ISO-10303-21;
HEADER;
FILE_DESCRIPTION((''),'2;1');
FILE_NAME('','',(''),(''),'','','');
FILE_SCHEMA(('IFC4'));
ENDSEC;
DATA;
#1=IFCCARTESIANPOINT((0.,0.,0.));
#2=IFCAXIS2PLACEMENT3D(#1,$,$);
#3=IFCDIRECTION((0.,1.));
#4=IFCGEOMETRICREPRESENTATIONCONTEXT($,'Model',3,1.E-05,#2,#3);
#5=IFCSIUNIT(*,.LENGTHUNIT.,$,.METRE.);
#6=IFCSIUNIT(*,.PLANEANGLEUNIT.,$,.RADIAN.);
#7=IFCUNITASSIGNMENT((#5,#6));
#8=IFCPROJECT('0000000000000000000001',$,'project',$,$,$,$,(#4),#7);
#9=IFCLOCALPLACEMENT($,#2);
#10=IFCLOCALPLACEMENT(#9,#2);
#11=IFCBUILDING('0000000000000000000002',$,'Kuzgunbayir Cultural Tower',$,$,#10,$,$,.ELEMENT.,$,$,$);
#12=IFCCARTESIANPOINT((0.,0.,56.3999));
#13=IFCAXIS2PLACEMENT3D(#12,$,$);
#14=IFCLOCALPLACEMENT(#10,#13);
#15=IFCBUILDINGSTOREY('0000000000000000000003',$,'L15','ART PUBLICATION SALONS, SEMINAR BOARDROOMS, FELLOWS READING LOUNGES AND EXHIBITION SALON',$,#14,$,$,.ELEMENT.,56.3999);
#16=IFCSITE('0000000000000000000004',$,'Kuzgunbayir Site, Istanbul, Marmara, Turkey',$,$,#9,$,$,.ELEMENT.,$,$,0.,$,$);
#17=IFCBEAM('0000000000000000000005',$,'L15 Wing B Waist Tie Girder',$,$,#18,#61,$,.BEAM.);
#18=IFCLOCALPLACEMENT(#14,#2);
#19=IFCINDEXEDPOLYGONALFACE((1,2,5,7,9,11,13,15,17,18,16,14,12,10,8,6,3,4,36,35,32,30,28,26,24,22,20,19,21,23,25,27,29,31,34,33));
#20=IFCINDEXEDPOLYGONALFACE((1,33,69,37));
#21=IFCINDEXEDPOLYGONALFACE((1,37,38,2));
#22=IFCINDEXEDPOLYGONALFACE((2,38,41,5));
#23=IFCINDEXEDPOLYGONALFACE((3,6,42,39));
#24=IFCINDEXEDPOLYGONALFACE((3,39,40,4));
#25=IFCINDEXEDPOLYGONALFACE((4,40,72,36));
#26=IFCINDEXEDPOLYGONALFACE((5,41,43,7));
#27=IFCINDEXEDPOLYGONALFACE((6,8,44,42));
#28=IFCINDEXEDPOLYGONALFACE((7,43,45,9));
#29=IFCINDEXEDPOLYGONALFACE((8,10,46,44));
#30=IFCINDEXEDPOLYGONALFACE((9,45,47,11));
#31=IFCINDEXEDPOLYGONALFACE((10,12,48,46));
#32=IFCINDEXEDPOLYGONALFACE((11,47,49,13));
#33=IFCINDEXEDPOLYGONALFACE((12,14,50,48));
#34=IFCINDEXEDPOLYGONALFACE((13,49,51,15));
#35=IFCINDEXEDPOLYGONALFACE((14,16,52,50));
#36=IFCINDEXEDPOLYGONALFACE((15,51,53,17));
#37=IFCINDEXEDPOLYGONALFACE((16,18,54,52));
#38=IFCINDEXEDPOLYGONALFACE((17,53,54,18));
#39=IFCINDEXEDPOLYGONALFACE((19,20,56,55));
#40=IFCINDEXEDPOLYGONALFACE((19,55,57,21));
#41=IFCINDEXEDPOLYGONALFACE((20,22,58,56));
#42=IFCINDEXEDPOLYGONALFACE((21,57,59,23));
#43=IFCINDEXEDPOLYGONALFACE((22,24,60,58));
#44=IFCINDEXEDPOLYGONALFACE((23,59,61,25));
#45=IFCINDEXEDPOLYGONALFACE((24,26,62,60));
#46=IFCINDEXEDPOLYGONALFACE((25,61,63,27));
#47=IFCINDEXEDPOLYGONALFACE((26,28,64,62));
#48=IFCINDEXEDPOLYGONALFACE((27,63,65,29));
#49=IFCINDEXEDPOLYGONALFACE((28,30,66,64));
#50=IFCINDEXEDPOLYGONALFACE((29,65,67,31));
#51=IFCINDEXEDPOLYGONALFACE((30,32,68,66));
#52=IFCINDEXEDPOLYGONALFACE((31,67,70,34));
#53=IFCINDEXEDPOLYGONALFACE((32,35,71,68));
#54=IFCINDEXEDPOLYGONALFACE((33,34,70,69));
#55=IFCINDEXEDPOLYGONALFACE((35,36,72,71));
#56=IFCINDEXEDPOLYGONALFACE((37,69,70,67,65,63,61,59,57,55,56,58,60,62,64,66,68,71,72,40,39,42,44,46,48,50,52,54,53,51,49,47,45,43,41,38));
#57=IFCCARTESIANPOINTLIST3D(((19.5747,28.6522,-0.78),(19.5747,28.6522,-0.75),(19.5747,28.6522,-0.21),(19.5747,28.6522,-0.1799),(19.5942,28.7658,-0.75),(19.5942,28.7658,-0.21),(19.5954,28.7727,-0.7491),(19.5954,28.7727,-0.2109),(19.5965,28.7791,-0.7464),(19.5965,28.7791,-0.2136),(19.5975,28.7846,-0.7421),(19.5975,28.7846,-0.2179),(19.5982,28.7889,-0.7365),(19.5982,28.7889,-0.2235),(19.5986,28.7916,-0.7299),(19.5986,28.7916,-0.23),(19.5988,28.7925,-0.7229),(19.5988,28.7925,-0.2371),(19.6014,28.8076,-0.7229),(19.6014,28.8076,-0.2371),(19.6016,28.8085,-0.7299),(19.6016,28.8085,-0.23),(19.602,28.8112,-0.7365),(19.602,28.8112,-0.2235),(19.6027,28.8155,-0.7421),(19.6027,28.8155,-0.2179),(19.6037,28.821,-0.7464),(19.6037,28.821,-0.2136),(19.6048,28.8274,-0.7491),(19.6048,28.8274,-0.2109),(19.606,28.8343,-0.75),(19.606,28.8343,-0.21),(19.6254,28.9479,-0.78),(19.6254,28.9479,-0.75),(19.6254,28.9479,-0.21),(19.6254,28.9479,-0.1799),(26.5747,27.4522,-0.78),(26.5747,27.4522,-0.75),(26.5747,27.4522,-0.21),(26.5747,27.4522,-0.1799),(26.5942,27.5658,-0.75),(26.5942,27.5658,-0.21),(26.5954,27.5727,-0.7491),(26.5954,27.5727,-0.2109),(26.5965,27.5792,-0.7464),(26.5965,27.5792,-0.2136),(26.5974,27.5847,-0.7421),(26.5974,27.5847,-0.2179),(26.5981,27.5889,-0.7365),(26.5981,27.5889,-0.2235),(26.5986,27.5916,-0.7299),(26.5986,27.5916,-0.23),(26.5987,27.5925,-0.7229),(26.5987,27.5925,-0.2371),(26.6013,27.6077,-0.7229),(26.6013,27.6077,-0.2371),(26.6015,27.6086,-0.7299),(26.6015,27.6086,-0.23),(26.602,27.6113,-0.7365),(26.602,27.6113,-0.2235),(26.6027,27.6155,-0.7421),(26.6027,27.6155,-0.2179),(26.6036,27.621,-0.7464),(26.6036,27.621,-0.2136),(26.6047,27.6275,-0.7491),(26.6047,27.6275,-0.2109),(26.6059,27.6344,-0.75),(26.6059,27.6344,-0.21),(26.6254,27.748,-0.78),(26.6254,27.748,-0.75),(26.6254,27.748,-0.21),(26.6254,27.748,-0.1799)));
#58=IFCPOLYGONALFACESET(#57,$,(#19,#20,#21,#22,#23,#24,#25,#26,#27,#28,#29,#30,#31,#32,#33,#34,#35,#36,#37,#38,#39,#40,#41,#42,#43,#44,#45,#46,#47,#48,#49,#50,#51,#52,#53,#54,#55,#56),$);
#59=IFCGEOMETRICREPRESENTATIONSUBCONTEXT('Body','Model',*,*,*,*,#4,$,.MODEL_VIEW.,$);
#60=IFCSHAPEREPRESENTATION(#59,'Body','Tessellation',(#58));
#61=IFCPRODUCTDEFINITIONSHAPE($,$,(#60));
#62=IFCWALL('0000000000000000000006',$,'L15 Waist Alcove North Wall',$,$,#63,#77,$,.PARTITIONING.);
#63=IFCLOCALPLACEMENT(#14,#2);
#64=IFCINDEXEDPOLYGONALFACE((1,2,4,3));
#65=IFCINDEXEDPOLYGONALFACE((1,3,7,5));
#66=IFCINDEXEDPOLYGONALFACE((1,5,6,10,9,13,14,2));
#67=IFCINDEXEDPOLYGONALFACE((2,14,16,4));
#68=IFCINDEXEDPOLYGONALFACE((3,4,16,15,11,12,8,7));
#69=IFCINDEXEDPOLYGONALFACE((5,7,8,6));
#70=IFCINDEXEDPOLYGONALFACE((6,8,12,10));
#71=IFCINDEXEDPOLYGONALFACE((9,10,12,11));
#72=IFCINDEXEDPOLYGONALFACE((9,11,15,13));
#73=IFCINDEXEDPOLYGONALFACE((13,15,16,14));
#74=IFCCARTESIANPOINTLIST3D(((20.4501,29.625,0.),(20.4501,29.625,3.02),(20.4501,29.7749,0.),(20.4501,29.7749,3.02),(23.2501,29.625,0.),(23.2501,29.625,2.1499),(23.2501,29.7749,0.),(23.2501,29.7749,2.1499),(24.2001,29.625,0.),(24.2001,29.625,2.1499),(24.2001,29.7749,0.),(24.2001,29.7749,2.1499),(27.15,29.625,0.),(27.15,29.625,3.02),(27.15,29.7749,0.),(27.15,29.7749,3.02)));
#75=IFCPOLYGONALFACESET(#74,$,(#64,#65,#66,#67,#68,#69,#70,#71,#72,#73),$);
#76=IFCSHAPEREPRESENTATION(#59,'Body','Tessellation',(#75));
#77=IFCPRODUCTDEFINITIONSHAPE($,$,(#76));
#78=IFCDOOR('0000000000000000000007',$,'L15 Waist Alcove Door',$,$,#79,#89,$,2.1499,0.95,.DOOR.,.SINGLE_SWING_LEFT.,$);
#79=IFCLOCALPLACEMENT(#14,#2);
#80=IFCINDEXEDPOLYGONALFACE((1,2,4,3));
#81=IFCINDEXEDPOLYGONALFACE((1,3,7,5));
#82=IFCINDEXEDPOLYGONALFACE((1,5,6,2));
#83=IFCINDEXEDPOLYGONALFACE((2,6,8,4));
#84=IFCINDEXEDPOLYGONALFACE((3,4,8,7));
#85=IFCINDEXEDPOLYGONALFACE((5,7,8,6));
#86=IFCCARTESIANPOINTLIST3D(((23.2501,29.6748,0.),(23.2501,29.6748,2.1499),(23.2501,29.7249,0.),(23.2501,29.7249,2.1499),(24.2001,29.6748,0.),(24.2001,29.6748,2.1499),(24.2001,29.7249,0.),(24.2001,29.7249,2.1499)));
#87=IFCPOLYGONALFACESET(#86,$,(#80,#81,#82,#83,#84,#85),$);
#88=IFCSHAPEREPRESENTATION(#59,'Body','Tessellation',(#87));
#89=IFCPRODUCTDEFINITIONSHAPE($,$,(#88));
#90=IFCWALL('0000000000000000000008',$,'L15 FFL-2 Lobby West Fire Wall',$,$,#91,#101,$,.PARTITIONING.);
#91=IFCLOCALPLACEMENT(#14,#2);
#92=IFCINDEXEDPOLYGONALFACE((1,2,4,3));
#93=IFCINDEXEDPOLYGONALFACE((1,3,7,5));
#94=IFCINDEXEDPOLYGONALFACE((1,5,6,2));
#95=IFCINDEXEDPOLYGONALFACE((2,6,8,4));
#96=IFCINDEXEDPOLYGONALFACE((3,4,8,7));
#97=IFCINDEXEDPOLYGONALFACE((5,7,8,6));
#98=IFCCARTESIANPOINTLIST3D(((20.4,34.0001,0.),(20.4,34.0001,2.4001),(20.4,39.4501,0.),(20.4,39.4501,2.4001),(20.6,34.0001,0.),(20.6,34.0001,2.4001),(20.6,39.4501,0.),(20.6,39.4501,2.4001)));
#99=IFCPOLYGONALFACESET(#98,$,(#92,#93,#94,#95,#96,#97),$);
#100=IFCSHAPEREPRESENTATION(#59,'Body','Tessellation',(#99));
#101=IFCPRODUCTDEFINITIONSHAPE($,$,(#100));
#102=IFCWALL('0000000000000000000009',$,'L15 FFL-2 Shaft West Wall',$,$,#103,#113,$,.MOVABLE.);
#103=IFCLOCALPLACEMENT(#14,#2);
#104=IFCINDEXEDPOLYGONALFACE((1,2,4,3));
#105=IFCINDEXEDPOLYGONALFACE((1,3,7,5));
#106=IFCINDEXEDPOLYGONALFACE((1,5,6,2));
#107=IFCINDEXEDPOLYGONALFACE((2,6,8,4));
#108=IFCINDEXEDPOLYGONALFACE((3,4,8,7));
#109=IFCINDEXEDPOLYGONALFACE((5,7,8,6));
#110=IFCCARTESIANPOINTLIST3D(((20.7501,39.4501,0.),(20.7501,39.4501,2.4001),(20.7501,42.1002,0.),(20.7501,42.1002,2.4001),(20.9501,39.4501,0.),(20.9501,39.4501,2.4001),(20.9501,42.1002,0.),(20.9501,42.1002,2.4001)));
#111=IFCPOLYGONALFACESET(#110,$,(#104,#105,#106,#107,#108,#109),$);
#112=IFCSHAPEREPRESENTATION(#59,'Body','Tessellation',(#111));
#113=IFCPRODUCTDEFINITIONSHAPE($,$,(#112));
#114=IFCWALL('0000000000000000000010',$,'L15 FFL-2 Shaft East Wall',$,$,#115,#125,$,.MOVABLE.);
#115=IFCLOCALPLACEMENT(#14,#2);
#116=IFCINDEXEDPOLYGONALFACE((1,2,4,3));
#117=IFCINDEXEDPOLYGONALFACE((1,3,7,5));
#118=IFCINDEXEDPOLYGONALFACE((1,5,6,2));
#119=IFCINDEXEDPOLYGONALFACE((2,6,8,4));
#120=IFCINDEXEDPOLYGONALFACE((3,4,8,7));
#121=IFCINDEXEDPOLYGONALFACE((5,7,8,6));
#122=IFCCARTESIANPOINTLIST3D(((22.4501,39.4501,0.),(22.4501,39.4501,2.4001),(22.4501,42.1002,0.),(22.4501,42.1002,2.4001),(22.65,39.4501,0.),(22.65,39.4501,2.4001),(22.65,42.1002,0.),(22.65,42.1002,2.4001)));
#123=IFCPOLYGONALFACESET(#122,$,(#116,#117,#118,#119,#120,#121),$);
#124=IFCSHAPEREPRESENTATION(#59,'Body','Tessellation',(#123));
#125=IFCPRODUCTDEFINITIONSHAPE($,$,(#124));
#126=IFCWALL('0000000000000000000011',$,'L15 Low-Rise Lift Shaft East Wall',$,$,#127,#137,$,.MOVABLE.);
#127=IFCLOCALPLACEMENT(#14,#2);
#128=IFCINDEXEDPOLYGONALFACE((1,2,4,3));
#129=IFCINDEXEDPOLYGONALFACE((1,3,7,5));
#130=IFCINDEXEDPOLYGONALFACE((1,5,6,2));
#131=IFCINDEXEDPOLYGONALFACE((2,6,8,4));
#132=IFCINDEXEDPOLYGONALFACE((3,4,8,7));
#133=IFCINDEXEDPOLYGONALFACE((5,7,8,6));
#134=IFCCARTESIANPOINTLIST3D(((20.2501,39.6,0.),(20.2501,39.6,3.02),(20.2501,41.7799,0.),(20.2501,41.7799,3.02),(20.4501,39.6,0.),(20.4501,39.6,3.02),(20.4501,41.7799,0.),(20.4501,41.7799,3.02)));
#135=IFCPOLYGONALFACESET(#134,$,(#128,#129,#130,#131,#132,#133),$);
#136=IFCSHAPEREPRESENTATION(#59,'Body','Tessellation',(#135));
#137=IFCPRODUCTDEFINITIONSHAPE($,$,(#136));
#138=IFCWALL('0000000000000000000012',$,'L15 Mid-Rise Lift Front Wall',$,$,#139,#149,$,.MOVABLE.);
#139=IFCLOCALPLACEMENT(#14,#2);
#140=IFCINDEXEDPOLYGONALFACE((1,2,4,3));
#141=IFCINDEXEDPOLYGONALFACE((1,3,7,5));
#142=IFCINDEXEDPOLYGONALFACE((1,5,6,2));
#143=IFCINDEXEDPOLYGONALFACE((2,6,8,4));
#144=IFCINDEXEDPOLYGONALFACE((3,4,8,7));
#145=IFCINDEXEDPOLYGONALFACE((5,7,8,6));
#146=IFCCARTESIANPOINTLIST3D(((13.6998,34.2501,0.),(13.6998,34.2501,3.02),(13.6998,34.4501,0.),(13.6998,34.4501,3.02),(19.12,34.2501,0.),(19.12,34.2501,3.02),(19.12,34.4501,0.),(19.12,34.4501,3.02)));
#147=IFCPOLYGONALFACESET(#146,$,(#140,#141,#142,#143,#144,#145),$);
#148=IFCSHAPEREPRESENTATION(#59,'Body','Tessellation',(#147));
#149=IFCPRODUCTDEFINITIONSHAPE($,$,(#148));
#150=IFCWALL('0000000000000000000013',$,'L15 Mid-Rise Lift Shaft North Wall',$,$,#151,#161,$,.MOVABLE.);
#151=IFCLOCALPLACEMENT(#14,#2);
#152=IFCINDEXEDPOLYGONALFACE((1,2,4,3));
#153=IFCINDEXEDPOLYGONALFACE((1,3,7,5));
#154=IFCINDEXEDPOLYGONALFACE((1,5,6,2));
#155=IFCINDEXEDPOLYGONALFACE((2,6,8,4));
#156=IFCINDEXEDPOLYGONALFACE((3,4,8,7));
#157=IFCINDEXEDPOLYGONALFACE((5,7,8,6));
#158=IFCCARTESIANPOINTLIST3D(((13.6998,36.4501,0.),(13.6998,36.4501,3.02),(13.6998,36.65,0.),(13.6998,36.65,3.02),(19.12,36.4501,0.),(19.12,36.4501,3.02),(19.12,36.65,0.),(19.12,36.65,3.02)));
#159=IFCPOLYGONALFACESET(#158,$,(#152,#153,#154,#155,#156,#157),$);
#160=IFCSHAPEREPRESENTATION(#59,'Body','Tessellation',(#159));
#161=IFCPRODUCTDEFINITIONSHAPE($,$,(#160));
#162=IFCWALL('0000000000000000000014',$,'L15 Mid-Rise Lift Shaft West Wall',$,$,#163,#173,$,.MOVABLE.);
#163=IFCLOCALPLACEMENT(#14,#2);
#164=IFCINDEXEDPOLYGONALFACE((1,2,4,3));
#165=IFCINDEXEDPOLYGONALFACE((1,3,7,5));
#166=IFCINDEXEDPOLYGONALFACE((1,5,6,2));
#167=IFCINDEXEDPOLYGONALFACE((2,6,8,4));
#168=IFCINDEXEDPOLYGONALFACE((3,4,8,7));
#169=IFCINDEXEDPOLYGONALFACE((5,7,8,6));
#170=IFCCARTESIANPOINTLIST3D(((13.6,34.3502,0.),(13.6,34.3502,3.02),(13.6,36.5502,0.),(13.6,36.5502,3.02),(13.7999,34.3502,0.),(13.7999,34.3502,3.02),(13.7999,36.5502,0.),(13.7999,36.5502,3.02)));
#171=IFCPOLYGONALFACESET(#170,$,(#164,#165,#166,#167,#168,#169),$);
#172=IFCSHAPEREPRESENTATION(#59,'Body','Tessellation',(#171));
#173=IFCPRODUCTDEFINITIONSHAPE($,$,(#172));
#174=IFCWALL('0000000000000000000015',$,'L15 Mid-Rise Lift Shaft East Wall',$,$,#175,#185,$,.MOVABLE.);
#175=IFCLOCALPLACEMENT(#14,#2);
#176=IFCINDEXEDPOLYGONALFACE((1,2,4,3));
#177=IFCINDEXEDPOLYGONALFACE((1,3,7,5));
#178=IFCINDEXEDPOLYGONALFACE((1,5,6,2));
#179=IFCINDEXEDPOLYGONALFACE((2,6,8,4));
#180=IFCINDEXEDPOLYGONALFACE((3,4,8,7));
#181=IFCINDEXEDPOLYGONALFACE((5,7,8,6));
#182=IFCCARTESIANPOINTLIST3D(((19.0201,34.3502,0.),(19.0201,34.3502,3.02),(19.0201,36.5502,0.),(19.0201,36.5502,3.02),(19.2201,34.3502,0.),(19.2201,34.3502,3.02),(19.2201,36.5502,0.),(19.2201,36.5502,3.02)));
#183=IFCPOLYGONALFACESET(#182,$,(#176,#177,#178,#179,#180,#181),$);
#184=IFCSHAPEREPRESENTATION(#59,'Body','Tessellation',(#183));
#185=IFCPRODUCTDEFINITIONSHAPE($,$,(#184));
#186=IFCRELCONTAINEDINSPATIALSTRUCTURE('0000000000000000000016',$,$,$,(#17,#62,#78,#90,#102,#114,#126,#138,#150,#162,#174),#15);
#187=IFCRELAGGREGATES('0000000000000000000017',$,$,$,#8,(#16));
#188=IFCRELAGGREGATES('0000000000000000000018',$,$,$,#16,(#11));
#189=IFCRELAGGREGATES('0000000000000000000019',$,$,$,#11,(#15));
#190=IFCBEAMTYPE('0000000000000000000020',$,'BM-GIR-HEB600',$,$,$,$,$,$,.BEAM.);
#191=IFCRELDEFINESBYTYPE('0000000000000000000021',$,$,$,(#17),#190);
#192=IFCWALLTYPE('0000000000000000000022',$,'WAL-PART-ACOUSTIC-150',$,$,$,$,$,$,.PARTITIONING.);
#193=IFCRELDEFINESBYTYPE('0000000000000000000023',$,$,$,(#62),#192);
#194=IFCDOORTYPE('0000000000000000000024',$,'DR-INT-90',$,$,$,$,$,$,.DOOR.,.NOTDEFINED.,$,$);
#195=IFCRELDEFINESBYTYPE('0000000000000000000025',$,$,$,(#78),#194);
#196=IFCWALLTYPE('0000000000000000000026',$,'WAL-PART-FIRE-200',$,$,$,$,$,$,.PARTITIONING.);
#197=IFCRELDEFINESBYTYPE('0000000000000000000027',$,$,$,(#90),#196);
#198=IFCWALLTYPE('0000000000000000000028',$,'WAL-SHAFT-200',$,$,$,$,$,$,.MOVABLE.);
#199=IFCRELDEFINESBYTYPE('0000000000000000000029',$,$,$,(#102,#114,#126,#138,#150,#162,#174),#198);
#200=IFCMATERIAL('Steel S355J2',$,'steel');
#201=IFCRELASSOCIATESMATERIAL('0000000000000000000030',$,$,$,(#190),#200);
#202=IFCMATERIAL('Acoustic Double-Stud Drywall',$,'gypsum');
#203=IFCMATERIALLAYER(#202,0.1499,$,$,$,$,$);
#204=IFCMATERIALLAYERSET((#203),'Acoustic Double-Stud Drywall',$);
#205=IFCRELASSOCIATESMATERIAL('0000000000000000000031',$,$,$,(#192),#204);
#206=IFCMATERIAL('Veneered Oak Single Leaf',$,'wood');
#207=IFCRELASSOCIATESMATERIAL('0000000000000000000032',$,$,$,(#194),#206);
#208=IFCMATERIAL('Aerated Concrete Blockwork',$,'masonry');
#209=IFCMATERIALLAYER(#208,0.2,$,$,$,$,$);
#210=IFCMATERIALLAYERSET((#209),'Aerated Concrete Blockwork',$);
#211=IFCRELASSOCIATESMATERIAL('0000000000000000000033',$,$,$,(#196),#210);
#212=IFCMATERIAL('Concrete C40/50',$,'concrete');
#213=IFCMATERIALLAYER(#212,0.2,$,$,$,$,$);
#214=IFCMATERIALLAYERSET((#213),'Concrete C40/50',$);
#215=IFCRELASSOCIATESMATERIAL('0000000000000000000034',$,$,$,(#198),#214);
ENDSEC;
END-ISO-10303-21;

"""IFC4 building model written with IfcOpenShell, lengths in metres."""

from ifc_helpers import new_model, si_unit, direction, frame, frame_2d, origin, origin_2d, place, context, subcontext, project, spatial, rectangle, i_section, extrude, material, layer, layer_set, material_profile, profile_set, type_object, element, fill, save


model = new_model("IFC4")

# Units and contexts
model_context = context("Model", 3, precision=1e-05, world=origin(), true_north=direction((0.0, 1.0)))
body_context = subcontext(model_context, "Body", "Model", "MODEL_VIEW")
ifc_project = project(units=[si_unit("LENGTHUNIT", "METRE"), si_unit("PLANEANGLEUNIT", "RADIAN")], contexts=[model_context])

# Site, building, storey
site_placement = place(None, origin())
site = spatial("IfcSite", under=ifc_project, at=site_placement, Name="Kuzgunbayir Site, Istanbul, Marmara, Turkey", CompositionType="ELEMENT", RefElevation=0.0)
building_placement = place(site_placement, origin())
building = spatial("IfcBuilding", under=site, at=building_placement, Name="Kuzgunbayir Cultural Tower", CompositionType="ELEMENT")
storey_placement = place(building_placement, frame((0.0, 0.0, 56.3999)))
storey = spatial("IfcBuildingStorey", under=building, at=storey_placement, Name="L15", Description="ART PUBLICATION SALONS, SEMINAR BOARDROOMS, FELLOWS READING LOUNGES AND EXHIBITION SALON", CompositionType="ELEMENT", Elevation=56.3999)

# Beam
ifc_material_1 = material(Name="Steel S355J2", Category="steel")
ifc_material_profile_1 = material_profile(ifc_material_1, i_section(OverallWidth=0.3, OverallDepth=0.6001, WebThickness=0.0154, FlangeThickness=0.03, FilletRadius=0.0271, at=origin_2d()), Name="HEB 600")
ifc_profile_set_1 = profile_set([ifc_material_profile_1], Name="Steel S355J2")
beam_type = type_object("IfcBeamType", Name="BM-GIR-HEB600", PredefinedType="BEAM", material=ifc_profile_set_1)
beam_1_placement = place(storey_placement, frame((19.6001, 28.8, -0.48), z_axis=(0.985623, -0.168957, 0.0), x_axis=(0.168957, 0.985623, 0.0)))
element("IfcBeam", 1, at=beam_1_placement, inside=storey, type_object=beam_type, Name="L15 Wing B Waist Tie Girder", PredefinedType="BEAM", context=body_context, shape_type="SweptSolid", body=[
    extrude(i_section(OverallWidth=0.3, OverallDepth=0.6001, WebThickness=0.0154, FlangeThickness=0.03, FilletRadius=0.0271, at=origin_2d()), origin(), (0.0, 0.0, 1.0), 7.1021),
])

# Wall, opening, door
ifc_material_2 = material(Name="Acoustic Double-Stud Drywall", Category="gypsum")
ifc_layer_1 = layer(ifc_material_2, 0.1499)
ifc_layer_set_1 = layer_set([ifc_layer_1], Name="Acoustic Double-Stud Drywall")
wall_type_1 = type_object("IfcWallType", Name="WAL-PART-ACOUSTIC-150", PredefinedType="PARTITIONING", material=ifc_layer_set_1)
wall_1_placement = place(storey_placement, frame((20.45, 29.7, 0.0), z_axis=(0.0, 0.0, 1.0), x_axis=(1.0, 0.0, 0.0)))
wall_1 = element("IfcWall", 2, at=wall_1_placement, inside=storey, type_object=wall_type_1, Name="L15 Waist Alcove North Wall", PredefinedType="PARTITIONING", context=body_context, shape_type="SweptSolid", body=[
    extrude(rectangle(XDim=6.7, YDim=0.1499, at=frame_2d((3.3501, 0.0))), origin(), (0.0, 0.0, 1.0), 3.02),
])
opening_1_placement = place(wall_1_placement, frame((2.8, 0.0, 0.0)))
opening_1 = element("IfcOpeningElement", 3, at=opening_1_placement, cuts=wall_1, PredefinedType="OPENING", context=body_context, shape_type="SweptSolid", body=[
    extrude(rectangle(XDim=0.95, YDim=2.1499, at=frame_2d((0.4751, 1.075))), frame((0.0, 0.085, 0.0), z_axis=(0.0, -1.0, 0.0), x_axis=(1.0, 0.0, 0.0)), (0.0, 0.0, 1.0), 0.1699),
])
ifc_material_3 = material(Name="Veneered Oak Single Leaf", Category="wood")
door_type_1 = type_object("IfcDoorType", Name="DR-INT-90", OperationType="NOTDEFINED", PredefinedType="DOOR", material=ifc_material_3)
door_1_placement = place(opening_1_placement, origin())
door_1 = element("IfcDoor", 4, at=door_1_placement, inside=storey, type_object=door_type_1, Name="L15 Waist Alcove Door", OperationType="SINGLE_SWING_LEFT", OverallHeight=2.1499, OverallWidth=0.95, PredefinedType="DOOR", context=body_context, shape_type="SweptSolid", body=[
    extrude(rectangle(XDim=0.95, YDim=2.1499, at=frame_2d((0.4751, 1.075))), frame((0.0, 0.0249, 0.0), z_axis=(0.0, -1.0, 0.0), x_axis=(1.0, 0.0, 0.0)), (0.0, 0.0, 1.0), 0.05),
])
fill(opening_1, door_1)

# Wall
ifc_material_4 = material(Name="Aerated Concrete Blockwork", Category="masonry")
ifc_layer_2 = layer(ifc_material_4, 0.2)
ifc_layer_set_2 = layer_set([ifc_layer_2], Name="Aerated Concrete Blockwork")
wall_type_2 = type_object("IfcWallType", Name="WAL-PART-FIRE-200", PredefinedType="PARTITIONING", material=ifc_layer_set_2)
wall_2_placement = place(storey_placement, frame((20.5, 34.0, 0.0), z_axis=(0.0, 0.0, 1.0), x_axis=(0.0, 1.0, 0.0)))
element("IfcWall", 5, at=wall_2_placement, inside=storey, type_object=wall_type_2, Name="L15 FFL-2 Lobby West Fire Wall", PredefinedType="PARTITIONING", context=body_context, shape_type="SweptSolid", body=[
    extrude(rectangle(XDim=5.45, YDim=0.2, at=frame_2d((2.7251, 0.0))), origin(), (0.0, 0.0, 1.0), 2.4001),
])

# Shared definitions
ifc_material_5 = material(Name="Concrete C40/50", Category="concrete")
ifc_layer_3 = layer(ifc_material_5, 0.2)
ifc_layer_set_3 = layer_set([ifc_layer_3], Name="Concrete C40/50")
wall_type_3 = type_object("IfcWallType", Name="WAL-SHAFT-200", PredefinedType="MOVABLE", material=ifc_layer_set_3)

# Walls
for number, where, z_axis, x_axis, name in (
    (6, (20.8501, 39.45, 0.0), (0.0, 0.0, 1.0), (0.0, 1.0, 0.0), "L15 FFL-2 Shaft West Wall"),
    (7, (22.55, 39.45, 0.0), (0.0, 0.0, 1.0), (0.0, 1.0, 0.0), "L15 FFL-2 Shaft East Wall"),
):
    element("IfcWall", number, at=place(storey_placement, frame(where, z_axis=z_axis, x_axis=x_axis)), inside=storey, type_object=wall_type_3, Name=name, PredefinedType="MOVABLE", context=body_context, shape_type="SweptSolid", body=[
        extrude(rectangle(XDim=2.6501, YDim=0.2, at=frame_2d((1.3252, 0.0))), origin(), (0.0, 0.0, 1.0), 2.4001),
    ])
wall_3_placement = place(storey_placement, frame((20.3501, 39.6001, 0.0), z_axis=(0.0, 0.0, 1.0), x_axis=(0.0, 1.0, 0.0)))
element("IfcWall", 8, at=wall_3_placement, inside=storey, type_object=wall_type_3, Name="L15 Low-Rise Lift Shaft East Wall", PredefinedType="MOVABLE", context=body_context, shape_type="SweptSolid", body=[
    extrude(rectangle(XDim=2.1799, YDim=0.2, at=frame_2d((1.0898, 0.0))), origin(), (0.0, 0.0, 1.0), 3.02),
])
for number, where, z_axis, x_axis, name in (
    (9, (13.7, 34.3501, 0.0), (0.0, 0.0, 1.0), (1.0, 0.0, 0.0), "L15 Mid-Rise Lift Front Wall"),
    (10, (13.7, 36.55, 0.0), (0.0, 0.0, 1.0), (1.0, 0.0, 0.0), "L15 Mid-Rise Lift Shaft North Wall"),
):
    element("IfcWall", number, at=place(storey_placement, frame(where, z_axis=z_axis, x_axis=x_axis)), inside=storey, type_object=wall_type_3, Name=name, PredefinedType="MOVABLE", context=body_context, shape_type="SweptSolid", body=[
        extrude(rectangle(XDim=5.4202, YDim=0.2, at=frame_2d((2.71, 0.0))), origin(), (0.0, 0.0, 1.0), 3.02),
    ])
for number, where, z_axis, x_axis, name in (
    (11, (13.7, 34.3501, 0.0), (0.0, 0.0, 1.0), (0.0, 1.0, 0.0), "L15 Mid-Rise Lift Shaft West Wall"),
    (12, (19.1201, 34.3501, 0.0), (0.0, 0.0, 1.0), (0.0, 1.0, 0.0), "L15 Mid-Rise Lift Shaft East Wall"),
):
    element("IfcWall", number, at=place(storey_placement, frame(where, z_axis=z_axis, x_axis=x_axis)), inside=storey, type_object=wall_type_3, Name=name, PredefinedType="MOVABLE", context=body_context, shape_type="SweptSolid", body=[
        extrude(rectangle(XDim=2.2, YDim=0.2, at=frame_2d((1.1001, 0.0))), origin(), (0.0, 0.0, 1.0), 3.02),
    ])

save(model, "model.ifc")
